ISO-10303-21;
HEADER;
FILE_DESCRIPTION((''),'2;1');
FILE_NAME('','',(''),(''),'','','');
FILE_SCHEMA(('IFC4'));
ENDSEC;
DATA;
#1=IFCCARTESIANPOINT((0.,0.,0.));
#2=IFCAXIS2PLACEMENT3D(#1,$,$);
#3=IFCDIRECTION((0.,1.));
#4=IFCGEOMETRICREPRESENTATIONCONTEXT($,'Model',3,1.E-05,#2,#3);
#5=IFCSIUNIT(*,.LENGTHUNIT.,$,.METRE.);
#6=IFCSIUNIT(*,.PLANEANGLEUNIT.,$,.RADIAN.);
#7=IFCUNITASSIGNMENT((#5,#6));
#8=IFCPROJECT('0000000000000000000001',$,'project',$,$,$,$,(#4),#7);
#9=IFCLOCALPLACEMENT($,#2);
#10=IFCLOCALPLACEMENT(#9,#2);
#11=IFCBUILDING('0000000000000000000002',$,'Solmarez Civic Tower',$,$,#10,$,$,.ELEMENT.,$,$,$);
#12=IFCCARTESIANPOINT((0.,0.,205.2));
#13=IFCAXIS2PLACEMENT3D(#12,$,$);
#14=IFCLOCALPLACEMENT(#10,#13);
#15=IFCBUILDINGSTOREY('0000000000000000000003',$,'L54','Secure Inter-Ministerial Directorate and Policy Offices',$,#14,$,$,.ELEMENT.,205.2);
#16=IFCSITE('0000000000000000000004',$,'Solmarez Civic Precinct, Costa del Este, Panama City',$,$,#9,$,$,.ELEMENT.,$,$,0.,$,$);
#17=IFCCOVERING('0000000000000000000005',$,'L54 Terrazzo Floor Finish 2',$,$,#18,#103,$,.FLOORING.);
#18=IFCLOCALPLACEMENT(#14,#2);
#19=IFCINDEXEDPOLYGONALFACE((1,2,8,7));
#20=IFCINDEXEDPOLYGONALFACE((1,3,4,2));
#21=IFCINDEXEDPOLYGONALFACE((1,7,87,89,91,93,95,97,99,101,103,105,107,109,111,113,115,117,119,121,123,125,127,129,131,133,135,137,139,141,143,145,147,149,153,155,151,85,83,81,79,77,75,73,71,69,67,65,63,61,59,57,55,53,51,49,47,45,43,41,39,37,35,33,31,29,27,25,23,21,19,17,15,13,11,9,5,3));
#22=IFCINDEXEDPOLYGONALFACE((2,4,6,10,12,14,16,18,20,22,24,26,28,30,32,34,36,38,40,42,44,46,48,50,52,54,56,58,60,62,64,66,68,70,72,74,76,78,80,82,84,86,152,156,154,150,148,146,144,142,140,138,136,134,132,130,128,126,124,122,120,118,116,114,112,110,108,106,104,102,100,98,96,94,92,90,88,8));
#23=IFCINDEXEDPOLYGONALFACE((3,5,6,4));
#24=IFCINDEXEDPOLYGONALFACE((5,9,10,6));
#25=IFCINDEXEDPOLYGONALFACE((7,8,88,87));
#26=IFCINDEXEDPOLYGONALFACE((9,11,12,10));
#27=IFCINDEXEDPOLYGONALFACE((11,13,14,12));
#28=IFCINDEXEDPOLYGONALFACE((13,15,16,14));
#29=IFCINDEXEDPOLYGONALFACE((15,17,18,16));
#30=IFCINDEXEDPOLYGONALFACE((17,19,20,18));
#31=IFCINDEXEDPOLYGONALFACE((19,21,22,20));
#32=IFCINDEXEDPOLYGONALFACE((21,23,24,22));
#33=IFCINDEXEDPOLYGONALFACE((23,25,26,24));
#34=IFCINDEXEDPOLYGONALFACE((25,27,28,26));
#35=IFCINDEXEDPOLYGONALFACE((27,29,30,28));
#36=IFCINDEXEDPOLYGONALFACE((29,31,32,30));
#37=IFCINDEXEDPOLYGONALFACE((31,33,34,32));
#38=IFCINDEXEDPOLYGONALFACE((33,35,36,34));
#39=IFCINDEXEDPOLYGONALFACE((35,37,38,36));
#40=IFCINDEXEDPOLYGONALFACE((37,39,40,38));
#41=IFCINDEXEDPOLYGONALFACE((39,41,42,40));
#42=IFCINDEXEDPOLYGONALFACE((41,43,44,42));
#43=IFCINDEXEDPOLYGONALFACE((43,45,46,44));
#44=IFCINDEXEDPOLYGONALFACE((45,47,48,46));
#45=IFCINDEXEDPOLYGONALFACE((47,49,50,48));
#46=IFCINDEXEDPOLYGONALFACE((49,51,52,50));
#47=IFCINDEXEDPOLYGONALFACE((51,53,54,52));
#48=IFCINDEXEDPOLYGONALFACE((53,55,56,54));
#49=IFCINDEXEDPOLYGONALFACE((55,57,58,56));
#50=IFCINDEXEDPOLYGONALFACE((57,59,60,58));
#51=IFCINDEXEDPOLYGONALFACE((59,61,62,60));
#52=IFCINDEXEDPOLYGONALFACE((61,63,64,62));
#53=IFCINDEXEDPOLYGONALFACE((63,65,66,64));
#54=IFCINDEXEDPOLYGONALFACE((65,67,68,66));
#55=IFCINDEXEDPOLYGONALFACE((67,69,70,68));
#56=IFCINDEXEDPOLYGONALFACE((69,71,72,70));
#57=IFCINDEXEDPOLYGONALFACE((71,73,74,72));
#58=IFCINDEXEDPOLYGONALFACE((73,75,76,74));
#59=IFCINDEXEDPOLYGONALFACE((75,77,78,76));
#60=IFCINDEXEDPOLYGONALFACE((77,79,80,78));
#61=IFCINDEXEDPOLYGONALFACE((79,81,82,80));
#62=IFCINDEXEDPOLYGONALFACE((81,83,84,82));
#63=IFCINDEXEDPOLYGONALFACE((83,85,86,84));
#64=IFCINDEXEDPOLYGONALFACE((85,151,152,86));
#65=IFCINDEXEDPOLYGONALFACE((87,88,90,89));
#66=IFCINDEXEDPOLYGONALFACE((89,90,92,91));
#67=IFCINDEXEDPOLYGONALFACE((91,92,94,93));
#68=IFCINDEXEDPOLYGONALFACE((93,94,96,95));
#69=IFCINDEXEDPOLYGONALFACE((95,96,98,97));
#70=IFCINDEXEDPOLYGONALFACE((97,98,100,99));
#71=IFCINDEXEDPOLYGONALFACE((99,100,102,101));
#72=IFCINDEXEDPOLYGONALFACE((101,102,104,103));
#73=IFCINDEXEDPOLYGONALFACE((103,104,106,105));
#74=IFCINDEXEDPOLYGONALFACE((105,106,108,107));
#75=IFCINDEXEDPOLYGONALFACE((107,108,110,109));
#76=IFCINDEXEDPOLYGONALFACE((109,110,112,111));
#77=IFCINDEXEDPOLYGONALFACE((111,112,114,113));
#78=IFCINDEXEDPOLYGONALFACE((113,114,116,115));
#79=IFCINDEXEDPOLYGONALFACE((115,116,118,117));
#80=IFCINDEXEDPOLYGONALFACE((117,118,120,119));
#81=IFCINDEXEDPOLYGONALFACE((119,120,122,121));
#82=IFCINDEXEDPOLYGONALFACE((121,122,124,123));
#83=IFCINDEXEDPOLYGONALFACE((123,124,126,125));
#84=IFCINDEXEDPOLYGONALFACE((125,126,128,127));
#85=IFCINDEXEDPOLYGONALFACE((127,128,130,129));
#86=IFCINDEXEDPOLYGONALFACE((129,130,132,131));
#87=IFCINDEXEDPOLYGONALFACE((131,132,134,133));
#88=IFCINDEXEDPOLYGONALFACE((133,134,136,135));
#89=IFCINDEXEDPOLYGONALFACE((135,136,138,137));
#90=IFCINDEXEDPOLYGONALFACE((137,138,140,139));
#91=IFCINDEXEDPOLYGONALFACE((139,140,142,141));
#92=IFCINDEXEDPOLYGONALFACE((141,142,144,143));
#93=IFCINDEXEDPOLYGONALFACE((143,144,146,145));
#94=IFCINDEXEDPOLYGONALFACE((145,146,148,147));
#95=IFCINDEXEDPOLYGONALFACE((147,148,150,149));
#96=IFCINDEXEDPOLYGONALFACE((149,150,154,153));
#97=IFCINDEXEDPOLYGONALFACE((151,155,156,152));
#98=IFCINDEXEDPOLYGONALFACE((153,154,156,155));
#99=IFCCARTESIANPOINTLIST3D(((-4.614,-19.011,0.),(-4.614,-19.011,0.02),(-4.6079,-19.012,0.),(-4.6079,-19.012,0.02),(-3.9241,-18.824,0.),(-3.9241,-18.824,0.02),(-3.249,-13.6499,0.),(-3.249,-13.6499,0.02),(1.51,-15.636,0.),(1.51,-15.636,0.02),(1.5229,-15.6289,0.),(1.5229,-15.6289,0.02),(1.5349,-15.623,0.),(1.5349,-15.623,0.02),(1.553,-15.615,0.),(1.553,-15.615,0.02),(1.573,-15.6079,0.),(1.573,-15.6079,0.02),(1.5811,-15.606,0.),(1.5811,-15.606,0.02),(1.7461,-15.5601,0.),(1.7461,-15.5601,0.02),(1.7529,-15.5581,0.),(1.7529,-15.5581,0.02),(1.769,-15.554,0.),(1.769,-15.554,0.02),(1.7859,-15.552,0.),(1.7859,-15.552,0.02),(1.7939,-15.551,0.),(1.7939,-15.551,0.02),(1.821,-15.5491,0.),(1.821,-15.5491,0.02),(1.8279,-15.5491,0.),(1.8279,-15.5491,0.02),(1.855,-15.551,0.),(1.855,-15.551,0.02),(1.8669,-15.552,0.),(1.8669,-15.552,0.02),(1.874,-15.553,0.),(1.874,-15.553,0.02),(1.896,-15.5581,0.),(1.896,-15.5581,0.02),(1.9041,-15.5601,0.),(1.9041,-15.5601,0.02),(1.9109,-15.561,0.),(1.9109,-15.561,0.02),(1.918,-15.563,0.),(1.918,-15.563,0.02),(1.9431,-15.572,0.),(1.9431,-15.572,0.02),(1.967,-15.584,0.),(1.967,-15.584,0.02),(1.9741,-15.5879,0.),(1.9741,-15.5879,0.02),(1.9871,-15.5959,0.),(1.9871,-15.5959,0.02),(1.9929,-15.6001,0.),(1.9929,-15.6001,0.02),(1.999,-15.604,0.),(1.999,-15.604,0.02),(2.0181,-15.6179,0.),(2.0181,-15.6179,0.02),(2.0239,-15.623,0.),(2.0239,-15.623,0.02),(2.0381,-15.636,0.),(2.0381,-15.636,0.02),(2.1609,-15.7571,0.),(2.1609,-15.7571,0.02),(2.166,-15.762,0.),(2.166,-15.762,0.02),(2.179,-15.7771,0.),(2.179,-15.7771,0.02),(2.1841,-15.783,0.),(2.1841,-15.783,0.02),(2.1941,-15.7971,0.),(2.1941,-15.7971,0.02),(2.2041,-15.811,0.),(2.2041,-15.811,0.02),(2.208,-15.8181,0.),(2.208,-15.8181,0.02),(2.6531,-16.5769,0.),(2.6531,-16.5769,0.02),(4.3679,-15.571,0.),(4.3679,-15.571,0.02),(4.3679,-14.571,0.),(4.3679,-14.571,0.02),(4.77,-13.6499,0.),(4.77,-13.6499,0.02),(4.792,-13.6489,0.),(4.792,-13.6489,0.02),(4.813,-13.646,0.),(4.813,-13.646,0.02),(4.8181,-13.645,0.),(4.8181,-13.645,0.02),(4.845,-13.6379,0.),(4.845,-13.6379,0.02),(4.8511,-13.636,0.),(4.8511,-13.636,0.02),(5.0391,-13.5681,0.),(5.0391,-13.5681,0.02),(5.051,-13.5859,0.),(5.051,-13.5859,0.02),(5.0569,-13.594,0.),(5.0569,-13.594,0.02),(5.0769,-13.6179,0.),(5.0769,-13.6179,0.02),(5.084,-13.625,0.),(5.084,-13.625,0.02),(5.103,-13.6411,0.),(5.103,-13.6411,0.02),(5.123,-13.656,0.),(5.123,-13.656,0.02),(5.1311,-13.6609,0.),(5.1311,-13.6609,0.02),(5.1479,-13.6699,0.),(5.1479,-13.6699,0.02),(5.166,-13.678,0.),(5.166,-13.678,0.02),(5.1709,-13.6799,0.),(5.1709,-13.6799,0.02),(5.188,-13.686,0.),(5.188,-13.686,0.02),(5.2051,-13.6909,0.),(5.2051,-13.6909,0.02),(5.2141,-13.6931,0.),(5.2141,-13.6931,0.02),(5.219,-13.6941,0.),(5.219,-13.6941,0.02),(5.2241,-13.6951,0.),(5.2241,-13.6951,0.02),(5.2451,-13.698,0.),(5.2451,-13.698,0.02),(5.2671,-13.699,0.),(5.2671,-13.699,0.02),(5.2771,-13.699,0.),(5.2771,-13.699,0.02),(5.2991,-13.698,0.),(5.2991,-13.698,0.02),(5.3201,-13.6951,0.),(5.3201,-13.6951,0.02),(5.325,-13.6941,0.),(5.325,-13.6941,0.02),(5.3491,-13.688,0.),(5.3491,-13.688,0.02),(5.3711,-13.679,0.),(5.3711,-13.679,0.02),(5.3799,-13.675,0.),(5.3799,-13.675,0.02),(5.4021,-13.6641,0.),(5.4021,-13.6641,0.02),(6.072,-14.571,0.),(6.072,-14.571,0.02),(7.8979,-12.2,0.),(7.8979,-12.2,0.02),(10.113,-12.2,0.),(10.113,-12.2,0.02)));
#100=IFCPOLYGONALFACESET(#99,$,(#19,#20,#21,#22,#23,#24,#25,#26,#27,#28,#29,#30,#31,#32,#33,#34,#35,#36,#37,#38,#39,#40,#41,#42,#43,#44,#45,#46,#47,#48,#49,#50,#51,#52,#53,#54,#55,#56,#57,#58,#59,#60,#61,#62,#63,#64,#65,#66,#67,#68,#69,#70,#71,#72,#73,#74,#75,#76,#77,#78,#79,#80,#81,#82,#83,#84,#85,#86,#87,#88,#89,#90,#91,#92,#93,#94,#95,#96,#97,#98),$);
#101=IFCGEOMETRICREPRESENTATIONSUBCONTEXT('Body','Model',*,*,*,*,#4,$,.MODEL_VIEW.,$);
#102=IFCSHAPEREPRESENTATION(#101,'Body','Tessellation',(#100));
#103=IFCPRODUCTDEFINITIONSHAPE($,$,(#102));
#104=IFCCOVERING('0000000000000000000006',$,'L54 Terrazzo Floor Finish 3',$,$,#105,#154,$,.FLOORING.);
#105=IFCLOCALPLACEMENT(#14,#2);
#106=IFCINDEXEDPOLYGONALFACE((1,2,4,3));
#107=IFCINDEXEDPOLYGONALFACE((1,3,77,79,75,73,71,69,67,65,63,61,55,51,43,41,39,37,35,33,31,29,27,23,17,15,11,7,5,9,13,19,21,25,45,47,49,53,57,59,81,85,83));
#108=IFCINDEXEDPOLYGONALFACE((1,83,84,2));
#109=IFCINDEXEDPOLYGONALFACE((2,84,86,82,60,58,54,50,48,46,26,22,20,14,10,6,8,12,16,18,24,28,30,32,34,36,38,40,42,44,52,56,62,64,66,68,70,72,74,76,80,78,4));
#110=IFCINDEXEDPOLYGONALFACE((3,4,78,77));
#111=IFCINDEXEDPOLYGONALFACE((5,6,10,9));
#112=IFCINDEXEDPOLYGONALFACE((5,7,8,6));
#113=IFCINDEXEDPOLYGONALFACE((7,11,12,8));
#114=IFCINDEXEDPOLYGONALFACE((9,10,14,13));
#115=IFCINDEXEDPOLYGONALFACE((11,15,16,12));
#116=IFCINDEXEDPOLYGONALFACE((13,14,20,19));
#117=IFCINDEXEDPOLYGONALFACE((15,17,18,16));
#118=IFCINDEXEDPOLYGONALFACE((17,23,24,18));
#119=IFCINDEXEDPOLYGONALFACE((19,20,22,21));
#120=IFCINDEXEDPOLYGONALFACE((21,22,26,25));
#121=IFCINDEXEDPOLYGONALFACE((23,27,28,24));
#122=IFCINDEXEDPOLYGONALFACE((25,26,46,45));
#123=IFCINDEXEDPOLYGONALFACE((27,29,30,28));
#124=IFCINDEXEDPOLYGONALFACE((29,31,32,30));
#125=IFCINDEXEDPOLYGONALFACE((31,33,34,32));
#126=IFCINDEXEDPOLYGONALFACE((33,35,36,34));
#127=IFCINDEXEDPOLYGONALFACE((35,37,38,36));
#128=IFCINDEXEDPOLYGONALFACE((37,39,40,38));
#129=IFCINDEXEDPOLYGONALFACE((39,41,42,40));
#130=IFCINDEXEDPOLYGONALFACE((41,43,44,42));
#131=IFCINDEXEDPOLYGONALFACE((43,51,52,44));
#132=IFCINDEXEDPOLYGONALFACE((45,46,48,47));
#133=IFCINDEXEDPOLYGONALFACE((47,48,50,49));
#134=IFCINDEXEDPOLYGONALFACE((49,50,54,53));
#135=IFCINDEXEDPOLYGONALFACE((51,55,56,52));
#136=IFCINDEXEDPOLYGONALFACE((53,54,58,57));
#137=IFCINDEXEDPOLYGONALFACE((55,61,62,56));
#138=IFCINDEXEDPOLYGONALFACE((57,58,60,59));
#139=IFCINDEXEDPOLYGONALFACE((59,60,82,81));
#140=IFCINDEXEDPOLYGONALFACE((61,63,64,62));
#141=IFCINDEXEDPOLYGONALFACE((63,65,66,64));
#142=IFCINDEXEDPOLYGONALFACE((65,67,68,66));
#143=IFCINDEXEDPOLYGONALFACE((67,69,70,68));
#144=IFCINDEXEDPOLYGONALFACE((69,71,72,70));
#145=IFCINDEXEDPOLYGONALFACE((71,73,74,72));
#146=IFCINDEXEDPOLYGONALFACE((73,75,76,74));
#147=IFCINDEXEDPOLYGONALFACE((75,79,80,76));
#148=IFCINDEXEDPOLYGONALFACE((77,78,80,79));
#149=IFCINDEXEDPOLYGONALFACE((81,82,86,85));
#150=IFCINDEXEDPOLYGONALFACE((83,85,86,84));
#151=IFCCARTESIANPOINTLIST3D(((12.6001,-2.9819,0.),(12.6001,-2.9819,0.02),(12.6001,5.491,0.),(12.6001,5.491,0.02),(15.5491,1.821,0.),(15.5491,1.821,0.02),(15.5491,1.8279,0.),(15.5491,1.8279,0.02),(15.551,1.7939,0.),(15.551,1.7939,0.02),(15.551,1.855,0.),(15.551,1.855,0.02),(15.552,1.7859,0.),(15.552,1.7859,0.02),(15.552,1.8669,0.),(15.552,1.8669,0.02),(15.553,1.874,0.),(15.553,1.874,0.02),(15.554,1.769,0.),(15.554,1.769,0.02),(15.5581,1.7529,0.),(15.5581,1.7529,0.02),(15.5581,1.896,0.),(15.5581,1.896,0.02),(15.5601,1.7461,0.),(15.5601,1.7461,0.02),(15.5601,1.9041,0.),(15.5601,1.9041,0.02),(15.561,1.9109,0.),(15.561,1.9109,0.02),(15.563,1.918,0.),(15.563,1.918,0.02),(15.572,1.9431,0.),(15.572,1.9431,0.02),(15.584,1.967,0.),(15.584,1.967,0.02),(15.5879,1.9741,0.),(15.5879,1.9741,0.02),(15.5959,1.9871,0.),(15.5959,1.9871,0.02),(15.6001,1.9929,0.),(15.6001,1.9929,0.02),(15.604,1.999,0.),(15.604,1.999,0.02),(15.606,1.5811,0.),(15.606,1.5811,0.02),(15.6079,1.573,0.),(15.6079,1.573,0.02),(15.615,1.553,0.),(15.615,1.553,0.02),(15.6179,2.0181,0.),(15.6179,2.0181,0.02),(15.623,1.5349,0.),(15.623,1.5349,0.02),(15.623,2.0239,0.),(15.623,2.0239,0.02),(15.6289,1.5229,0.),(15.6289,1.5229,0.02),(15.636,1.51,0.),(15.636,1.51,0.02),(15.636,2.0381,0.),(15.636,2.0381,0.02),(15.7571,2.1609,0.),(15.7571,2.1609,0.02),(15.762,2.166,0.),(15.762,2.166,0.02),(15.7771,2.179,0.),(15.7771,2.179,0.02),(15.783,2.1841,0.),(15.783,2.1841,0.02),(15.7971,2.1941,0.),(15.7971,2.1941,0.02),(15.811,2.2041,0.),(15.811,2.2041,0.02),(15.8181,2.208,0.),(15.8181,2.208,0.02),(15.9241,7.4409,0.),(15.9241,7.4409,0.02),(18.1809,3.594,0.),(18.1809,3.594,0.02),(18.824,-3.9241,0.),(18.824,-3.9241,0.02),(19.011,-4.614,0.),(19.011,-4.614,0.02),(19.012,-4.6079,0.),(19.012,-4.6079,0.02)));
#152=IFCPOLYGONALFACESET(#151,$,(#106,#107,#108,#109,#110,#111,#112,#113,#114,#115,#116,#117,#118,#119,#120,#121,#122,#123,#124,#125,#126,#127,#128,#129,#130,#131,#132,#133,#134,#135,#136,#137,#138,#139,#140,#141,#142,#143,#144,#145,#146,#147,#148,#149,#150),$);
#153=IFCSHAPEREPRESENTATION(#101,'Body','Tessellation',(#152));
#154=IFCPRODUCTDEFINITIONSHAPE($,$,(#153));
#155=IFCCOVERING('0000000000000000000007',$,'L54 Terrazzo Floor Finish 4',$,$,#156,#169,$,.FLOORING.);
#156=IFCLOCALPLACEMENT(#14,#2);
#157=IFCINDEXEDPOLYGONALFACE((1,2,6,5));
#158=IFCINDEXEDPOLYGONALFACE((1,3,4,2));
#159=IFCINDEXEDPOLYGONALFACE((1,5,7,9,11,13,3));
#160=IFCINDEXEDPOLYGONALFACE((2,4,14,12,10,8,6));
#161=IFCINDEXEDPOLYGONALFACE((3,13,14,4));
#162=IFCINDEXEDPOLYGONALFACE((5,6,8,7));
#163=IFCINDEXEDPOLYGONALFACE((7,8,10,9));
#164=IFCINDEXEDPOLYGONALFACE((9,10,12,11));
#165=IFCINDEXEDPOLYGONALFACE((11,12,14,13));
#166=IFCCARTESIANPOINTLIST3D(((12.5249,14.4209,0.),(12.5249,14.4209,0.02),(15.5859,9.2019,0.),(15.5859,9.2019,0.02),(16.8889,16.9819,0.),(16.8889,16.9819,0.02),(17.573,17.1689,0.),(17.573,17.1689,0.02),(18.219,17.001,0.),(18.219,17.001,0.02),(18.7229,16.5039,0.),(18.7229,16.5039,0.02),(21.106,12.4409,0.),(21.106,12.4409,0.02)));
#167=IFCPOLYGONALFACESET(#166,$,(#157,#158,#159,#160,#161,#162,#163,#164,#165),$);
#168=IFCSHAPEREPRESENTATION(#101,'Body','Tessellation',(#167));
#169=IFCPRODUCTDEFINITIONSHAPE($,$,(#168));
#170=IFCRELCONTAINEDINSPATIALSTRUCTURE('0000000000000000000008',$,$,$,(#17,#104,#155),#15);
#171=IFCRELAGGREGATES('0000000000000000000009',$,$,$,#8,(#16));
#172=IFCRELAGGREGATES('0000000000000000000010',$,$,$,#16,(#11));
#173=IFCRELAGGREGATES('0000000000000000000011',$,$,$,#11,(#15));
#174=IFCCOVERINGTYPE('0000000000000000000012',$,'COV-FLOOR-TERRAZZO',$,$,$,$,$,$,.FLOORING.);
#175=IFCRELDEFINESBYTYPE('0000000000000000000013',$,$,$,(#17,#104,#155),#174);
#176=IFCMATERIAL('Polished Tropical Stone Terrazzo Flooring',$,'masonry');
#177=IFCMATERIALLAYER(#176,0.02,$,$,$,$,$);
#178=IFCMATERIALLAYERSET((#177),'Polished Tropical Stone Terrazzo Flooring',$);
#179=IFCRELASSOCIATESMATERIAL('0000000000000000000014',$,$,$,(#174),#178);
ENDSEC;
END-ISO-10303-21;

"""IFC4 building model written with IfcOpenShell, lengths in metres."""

from ifc_helpers import new_model, si_unit, direction, frame, origin, place, context, subcontext, project, spatial, polyline, outline, extrude, material, layer, layer_set, type_object, element, save


model = new_model("IFC4")

# Units and contexts
model_context = context("Model", 3, precision=1e-05, world=origin(), true_north=direction((0.0, 1.0)))
body_context = subcontext(model_context, "Body", "Model", "MODEL_VIEW")
ifc_project = project(units=[si_unit("LENGTHUNIT", "METRE"), si_unit("PLANEANGLEUNIT", "RADIAN")], contexts=[model_context])

# Site, building, storey
site_placement = place(None, origin())
site = spatial("IfcSite", under=ifc_project, at=site_placement, Name="Solmarez Civic Precinct, Costa del Este, Panama City", CompositionType="ELEMENT", RefElevation=0.0)
building_placement = place(site_placement, origin())
building = spatial("IfcBuilding", under=site, at=building_placement, Name="Solmarez Civic Tower", CompositionType="ELEMENT")
storey_placement = place(building_placement, frame((0.0, 0.0, 205.2)))
storey = spatial("IfcBuildingStorey", under=building, at=storey_placement, Name="L54", Description="Secure Inter-Ministerial Directorate and Policy Offices", CompositionType="ELEMENT", Elevation=205.2)

# Coverings
ifc_material_1 = material(Name="Polished Tropical Stone Terrazzo Flooring", Category="masonry")
ifc_layer_1 = layer(ifc_material_1, 0.02)
ifc_layer_set_1 = layer_set([ifc_layer_1], Name="Polished Tropical Stone Terrazzo Flooring")
covering_type_1 = type_object("IfcCoveringType", Name="COV-FLOOR-TERRAZZO", PredefinedType="FLOORING", material=ifc_layer_set_1)
covering_1_placement = place(storey_placement, origin())
element("IfcCovering", 1, at=covering_1_placement, inside=storey, type_object=covering_type_1, Name="L54 Terrazzo Floor Finish 2", PredefinedType="FLOORING", context=body_context, shape_type="SweptSolid", body=[
    extrude(outline(polyline([(5.0391, -13.5681), (4.8511, -13.636), (4.845, -13.6379), (4.8181, -13.645), (4.813, -13.646), (4.792, -13.6489), (4.77, -13.6499), (-3.249, -13.6499), (-4.614, -19.011), (-4.6079, -19.012), (-3.9241, -18.824), (1.51, -15.636), (1.5229, -15.6289), (1.5349, -15.623), (1.553, -15.615), (1.573, -15.6079), (1.5811, -15.606), (1.7461, -15.5601), (1.7529, -15.5581), (1.769, -15.554), (1.7859, -15.552), (1.7939, -15.551), (1.821, -15.5491), (1.8279, -15.5491), (1.855, -15.551), (1.8669, -15.552), (1.874, -15.553), (1.896, -15.5581), (1.9041, -15.5601), (1.9109, -15.561), (1.918, -15.563), (1.9431, -15.572), (1.967, -15.584), (1.9741, -15.5879), (1.9871, -15.5959), (1.9929, -15.6001), (1.999, -15.604), (2.0181, -15.6179), (2.0239, -15.623), (2.0381, -15.636), (2.1609, -15.7571), (2.166, -15.762), (2.179, -15.7771), (2.1841, -15.783), (2.1941, -15.7971), (2.2041, -15.811), (2.208, -15.8181), (2.6531, -16.5769), (4.3679, -15.571), (4.3679, -14.571), (6.072, -14.571), (10.113, -12.2), (7.8979, -12.2), (5.4021, -13.6641), (5.3799, -13.675), (5.3711, -13.679), (5.3491, -13.688), (5.325, -13.6941), (5.3201, -13.6951), (5.2991, -13.698), (5.2771, -13.699), (5.2671, -13.699), (5.2451, -13.698), (5.2241, -13.6951), (5.219, -13.6941), (5.2141, -13.6931), (5.2051, -13.6909), (5.188, -13.686), (5.1709, -13.6799), (5.166, -13.678), (5.1479, -13.6699), (5.1311, -13.6609), (5.123, -13.656), (5.103, -13.6411), (5.084, -13.625), (5.0769, -13.6179), (5.0569, -13.594), (5.051, -13.5859), (5.0391, -13.5681)])), origin(), (0.0, 0.0, 1.0), 0.02),
])
covering_2_placement = place(storey_placement, origin())
element("IfcCovering", 2, at=covering_2_placement, inside=storey, type_object=covering_type_1, Name="L54 Terrazzo Floor Finish 3", PredefinedType="FLOORING", context=body_context, shape_type="SweptSolid", body=[
    extrude(outline(polyline([(12.6001, 5.491), (12.6001, -2.9819), (19.011, -4.614), (19.012, -4.6079), (18.824, -3.9241), (15.636, 1.51), (15.6289, 1.5229), (15.623, 1.5349), (15.615, 1.553), (15.6079, 1.573), (15.606, 1.5811), (15.5601, 1.7461), (15.5581, 1.7529), (15.554, 1.769), (15.552, 1.7859), (15.551, 1.7939), (15.5491, 1.821), (15.5491, 1.8279), (15.551, 1.855), (15.552, 1.8669), (15.553, 1.874), (15.5581, 1.896), (15.5601, 1.9041), (15.561, 1.9109), (15.563, 1.918), (15.572, 1.9431), (15.584, 1.967), (15.5879, 1.9741), (15.5959, 1.9871), (15.6001, 1.9929), (15.604, 1.999), (15.6179, 2.0181), (15.623, 2.0239), (15.636, 2.0381), (15.7571, 2.1609), (15.762, 2.166), (15.7771, 2.179), (15.783, 2.1841), (15.7971, 2.1941), (15.811, 2.2041), (15.8181, 2.208), (18.1809, 3.594), (15.9241, 7.4409), (12.6001, 5.491)])), origin(), (0.0, 0.0, 1.0), 0.02),
])
covering_3_placement = place(storey_placement, origin())
element("IfcCovering", 3, at=covering_3_placement, inside=storey, type_object=covering_type_1, Name="L54 Terrazzo Floor Finish 4", PredefinedType="FLOORING", context=body_context, shape_type="SweptSolid", body=[
    extrude(outline(polyline([(21.106, 12.4409), (18.7229, 16.5039), (18.219, 17.001), (17.573, 17.1689), (16.8889, 16.9819), (12.5249, 14.4209), (15.5859, 9.2019), (21.106, 12.4409)])), origin(), (0.0, 0.0, 1.0), 0.02),
])

save(model, "model.ifc")
